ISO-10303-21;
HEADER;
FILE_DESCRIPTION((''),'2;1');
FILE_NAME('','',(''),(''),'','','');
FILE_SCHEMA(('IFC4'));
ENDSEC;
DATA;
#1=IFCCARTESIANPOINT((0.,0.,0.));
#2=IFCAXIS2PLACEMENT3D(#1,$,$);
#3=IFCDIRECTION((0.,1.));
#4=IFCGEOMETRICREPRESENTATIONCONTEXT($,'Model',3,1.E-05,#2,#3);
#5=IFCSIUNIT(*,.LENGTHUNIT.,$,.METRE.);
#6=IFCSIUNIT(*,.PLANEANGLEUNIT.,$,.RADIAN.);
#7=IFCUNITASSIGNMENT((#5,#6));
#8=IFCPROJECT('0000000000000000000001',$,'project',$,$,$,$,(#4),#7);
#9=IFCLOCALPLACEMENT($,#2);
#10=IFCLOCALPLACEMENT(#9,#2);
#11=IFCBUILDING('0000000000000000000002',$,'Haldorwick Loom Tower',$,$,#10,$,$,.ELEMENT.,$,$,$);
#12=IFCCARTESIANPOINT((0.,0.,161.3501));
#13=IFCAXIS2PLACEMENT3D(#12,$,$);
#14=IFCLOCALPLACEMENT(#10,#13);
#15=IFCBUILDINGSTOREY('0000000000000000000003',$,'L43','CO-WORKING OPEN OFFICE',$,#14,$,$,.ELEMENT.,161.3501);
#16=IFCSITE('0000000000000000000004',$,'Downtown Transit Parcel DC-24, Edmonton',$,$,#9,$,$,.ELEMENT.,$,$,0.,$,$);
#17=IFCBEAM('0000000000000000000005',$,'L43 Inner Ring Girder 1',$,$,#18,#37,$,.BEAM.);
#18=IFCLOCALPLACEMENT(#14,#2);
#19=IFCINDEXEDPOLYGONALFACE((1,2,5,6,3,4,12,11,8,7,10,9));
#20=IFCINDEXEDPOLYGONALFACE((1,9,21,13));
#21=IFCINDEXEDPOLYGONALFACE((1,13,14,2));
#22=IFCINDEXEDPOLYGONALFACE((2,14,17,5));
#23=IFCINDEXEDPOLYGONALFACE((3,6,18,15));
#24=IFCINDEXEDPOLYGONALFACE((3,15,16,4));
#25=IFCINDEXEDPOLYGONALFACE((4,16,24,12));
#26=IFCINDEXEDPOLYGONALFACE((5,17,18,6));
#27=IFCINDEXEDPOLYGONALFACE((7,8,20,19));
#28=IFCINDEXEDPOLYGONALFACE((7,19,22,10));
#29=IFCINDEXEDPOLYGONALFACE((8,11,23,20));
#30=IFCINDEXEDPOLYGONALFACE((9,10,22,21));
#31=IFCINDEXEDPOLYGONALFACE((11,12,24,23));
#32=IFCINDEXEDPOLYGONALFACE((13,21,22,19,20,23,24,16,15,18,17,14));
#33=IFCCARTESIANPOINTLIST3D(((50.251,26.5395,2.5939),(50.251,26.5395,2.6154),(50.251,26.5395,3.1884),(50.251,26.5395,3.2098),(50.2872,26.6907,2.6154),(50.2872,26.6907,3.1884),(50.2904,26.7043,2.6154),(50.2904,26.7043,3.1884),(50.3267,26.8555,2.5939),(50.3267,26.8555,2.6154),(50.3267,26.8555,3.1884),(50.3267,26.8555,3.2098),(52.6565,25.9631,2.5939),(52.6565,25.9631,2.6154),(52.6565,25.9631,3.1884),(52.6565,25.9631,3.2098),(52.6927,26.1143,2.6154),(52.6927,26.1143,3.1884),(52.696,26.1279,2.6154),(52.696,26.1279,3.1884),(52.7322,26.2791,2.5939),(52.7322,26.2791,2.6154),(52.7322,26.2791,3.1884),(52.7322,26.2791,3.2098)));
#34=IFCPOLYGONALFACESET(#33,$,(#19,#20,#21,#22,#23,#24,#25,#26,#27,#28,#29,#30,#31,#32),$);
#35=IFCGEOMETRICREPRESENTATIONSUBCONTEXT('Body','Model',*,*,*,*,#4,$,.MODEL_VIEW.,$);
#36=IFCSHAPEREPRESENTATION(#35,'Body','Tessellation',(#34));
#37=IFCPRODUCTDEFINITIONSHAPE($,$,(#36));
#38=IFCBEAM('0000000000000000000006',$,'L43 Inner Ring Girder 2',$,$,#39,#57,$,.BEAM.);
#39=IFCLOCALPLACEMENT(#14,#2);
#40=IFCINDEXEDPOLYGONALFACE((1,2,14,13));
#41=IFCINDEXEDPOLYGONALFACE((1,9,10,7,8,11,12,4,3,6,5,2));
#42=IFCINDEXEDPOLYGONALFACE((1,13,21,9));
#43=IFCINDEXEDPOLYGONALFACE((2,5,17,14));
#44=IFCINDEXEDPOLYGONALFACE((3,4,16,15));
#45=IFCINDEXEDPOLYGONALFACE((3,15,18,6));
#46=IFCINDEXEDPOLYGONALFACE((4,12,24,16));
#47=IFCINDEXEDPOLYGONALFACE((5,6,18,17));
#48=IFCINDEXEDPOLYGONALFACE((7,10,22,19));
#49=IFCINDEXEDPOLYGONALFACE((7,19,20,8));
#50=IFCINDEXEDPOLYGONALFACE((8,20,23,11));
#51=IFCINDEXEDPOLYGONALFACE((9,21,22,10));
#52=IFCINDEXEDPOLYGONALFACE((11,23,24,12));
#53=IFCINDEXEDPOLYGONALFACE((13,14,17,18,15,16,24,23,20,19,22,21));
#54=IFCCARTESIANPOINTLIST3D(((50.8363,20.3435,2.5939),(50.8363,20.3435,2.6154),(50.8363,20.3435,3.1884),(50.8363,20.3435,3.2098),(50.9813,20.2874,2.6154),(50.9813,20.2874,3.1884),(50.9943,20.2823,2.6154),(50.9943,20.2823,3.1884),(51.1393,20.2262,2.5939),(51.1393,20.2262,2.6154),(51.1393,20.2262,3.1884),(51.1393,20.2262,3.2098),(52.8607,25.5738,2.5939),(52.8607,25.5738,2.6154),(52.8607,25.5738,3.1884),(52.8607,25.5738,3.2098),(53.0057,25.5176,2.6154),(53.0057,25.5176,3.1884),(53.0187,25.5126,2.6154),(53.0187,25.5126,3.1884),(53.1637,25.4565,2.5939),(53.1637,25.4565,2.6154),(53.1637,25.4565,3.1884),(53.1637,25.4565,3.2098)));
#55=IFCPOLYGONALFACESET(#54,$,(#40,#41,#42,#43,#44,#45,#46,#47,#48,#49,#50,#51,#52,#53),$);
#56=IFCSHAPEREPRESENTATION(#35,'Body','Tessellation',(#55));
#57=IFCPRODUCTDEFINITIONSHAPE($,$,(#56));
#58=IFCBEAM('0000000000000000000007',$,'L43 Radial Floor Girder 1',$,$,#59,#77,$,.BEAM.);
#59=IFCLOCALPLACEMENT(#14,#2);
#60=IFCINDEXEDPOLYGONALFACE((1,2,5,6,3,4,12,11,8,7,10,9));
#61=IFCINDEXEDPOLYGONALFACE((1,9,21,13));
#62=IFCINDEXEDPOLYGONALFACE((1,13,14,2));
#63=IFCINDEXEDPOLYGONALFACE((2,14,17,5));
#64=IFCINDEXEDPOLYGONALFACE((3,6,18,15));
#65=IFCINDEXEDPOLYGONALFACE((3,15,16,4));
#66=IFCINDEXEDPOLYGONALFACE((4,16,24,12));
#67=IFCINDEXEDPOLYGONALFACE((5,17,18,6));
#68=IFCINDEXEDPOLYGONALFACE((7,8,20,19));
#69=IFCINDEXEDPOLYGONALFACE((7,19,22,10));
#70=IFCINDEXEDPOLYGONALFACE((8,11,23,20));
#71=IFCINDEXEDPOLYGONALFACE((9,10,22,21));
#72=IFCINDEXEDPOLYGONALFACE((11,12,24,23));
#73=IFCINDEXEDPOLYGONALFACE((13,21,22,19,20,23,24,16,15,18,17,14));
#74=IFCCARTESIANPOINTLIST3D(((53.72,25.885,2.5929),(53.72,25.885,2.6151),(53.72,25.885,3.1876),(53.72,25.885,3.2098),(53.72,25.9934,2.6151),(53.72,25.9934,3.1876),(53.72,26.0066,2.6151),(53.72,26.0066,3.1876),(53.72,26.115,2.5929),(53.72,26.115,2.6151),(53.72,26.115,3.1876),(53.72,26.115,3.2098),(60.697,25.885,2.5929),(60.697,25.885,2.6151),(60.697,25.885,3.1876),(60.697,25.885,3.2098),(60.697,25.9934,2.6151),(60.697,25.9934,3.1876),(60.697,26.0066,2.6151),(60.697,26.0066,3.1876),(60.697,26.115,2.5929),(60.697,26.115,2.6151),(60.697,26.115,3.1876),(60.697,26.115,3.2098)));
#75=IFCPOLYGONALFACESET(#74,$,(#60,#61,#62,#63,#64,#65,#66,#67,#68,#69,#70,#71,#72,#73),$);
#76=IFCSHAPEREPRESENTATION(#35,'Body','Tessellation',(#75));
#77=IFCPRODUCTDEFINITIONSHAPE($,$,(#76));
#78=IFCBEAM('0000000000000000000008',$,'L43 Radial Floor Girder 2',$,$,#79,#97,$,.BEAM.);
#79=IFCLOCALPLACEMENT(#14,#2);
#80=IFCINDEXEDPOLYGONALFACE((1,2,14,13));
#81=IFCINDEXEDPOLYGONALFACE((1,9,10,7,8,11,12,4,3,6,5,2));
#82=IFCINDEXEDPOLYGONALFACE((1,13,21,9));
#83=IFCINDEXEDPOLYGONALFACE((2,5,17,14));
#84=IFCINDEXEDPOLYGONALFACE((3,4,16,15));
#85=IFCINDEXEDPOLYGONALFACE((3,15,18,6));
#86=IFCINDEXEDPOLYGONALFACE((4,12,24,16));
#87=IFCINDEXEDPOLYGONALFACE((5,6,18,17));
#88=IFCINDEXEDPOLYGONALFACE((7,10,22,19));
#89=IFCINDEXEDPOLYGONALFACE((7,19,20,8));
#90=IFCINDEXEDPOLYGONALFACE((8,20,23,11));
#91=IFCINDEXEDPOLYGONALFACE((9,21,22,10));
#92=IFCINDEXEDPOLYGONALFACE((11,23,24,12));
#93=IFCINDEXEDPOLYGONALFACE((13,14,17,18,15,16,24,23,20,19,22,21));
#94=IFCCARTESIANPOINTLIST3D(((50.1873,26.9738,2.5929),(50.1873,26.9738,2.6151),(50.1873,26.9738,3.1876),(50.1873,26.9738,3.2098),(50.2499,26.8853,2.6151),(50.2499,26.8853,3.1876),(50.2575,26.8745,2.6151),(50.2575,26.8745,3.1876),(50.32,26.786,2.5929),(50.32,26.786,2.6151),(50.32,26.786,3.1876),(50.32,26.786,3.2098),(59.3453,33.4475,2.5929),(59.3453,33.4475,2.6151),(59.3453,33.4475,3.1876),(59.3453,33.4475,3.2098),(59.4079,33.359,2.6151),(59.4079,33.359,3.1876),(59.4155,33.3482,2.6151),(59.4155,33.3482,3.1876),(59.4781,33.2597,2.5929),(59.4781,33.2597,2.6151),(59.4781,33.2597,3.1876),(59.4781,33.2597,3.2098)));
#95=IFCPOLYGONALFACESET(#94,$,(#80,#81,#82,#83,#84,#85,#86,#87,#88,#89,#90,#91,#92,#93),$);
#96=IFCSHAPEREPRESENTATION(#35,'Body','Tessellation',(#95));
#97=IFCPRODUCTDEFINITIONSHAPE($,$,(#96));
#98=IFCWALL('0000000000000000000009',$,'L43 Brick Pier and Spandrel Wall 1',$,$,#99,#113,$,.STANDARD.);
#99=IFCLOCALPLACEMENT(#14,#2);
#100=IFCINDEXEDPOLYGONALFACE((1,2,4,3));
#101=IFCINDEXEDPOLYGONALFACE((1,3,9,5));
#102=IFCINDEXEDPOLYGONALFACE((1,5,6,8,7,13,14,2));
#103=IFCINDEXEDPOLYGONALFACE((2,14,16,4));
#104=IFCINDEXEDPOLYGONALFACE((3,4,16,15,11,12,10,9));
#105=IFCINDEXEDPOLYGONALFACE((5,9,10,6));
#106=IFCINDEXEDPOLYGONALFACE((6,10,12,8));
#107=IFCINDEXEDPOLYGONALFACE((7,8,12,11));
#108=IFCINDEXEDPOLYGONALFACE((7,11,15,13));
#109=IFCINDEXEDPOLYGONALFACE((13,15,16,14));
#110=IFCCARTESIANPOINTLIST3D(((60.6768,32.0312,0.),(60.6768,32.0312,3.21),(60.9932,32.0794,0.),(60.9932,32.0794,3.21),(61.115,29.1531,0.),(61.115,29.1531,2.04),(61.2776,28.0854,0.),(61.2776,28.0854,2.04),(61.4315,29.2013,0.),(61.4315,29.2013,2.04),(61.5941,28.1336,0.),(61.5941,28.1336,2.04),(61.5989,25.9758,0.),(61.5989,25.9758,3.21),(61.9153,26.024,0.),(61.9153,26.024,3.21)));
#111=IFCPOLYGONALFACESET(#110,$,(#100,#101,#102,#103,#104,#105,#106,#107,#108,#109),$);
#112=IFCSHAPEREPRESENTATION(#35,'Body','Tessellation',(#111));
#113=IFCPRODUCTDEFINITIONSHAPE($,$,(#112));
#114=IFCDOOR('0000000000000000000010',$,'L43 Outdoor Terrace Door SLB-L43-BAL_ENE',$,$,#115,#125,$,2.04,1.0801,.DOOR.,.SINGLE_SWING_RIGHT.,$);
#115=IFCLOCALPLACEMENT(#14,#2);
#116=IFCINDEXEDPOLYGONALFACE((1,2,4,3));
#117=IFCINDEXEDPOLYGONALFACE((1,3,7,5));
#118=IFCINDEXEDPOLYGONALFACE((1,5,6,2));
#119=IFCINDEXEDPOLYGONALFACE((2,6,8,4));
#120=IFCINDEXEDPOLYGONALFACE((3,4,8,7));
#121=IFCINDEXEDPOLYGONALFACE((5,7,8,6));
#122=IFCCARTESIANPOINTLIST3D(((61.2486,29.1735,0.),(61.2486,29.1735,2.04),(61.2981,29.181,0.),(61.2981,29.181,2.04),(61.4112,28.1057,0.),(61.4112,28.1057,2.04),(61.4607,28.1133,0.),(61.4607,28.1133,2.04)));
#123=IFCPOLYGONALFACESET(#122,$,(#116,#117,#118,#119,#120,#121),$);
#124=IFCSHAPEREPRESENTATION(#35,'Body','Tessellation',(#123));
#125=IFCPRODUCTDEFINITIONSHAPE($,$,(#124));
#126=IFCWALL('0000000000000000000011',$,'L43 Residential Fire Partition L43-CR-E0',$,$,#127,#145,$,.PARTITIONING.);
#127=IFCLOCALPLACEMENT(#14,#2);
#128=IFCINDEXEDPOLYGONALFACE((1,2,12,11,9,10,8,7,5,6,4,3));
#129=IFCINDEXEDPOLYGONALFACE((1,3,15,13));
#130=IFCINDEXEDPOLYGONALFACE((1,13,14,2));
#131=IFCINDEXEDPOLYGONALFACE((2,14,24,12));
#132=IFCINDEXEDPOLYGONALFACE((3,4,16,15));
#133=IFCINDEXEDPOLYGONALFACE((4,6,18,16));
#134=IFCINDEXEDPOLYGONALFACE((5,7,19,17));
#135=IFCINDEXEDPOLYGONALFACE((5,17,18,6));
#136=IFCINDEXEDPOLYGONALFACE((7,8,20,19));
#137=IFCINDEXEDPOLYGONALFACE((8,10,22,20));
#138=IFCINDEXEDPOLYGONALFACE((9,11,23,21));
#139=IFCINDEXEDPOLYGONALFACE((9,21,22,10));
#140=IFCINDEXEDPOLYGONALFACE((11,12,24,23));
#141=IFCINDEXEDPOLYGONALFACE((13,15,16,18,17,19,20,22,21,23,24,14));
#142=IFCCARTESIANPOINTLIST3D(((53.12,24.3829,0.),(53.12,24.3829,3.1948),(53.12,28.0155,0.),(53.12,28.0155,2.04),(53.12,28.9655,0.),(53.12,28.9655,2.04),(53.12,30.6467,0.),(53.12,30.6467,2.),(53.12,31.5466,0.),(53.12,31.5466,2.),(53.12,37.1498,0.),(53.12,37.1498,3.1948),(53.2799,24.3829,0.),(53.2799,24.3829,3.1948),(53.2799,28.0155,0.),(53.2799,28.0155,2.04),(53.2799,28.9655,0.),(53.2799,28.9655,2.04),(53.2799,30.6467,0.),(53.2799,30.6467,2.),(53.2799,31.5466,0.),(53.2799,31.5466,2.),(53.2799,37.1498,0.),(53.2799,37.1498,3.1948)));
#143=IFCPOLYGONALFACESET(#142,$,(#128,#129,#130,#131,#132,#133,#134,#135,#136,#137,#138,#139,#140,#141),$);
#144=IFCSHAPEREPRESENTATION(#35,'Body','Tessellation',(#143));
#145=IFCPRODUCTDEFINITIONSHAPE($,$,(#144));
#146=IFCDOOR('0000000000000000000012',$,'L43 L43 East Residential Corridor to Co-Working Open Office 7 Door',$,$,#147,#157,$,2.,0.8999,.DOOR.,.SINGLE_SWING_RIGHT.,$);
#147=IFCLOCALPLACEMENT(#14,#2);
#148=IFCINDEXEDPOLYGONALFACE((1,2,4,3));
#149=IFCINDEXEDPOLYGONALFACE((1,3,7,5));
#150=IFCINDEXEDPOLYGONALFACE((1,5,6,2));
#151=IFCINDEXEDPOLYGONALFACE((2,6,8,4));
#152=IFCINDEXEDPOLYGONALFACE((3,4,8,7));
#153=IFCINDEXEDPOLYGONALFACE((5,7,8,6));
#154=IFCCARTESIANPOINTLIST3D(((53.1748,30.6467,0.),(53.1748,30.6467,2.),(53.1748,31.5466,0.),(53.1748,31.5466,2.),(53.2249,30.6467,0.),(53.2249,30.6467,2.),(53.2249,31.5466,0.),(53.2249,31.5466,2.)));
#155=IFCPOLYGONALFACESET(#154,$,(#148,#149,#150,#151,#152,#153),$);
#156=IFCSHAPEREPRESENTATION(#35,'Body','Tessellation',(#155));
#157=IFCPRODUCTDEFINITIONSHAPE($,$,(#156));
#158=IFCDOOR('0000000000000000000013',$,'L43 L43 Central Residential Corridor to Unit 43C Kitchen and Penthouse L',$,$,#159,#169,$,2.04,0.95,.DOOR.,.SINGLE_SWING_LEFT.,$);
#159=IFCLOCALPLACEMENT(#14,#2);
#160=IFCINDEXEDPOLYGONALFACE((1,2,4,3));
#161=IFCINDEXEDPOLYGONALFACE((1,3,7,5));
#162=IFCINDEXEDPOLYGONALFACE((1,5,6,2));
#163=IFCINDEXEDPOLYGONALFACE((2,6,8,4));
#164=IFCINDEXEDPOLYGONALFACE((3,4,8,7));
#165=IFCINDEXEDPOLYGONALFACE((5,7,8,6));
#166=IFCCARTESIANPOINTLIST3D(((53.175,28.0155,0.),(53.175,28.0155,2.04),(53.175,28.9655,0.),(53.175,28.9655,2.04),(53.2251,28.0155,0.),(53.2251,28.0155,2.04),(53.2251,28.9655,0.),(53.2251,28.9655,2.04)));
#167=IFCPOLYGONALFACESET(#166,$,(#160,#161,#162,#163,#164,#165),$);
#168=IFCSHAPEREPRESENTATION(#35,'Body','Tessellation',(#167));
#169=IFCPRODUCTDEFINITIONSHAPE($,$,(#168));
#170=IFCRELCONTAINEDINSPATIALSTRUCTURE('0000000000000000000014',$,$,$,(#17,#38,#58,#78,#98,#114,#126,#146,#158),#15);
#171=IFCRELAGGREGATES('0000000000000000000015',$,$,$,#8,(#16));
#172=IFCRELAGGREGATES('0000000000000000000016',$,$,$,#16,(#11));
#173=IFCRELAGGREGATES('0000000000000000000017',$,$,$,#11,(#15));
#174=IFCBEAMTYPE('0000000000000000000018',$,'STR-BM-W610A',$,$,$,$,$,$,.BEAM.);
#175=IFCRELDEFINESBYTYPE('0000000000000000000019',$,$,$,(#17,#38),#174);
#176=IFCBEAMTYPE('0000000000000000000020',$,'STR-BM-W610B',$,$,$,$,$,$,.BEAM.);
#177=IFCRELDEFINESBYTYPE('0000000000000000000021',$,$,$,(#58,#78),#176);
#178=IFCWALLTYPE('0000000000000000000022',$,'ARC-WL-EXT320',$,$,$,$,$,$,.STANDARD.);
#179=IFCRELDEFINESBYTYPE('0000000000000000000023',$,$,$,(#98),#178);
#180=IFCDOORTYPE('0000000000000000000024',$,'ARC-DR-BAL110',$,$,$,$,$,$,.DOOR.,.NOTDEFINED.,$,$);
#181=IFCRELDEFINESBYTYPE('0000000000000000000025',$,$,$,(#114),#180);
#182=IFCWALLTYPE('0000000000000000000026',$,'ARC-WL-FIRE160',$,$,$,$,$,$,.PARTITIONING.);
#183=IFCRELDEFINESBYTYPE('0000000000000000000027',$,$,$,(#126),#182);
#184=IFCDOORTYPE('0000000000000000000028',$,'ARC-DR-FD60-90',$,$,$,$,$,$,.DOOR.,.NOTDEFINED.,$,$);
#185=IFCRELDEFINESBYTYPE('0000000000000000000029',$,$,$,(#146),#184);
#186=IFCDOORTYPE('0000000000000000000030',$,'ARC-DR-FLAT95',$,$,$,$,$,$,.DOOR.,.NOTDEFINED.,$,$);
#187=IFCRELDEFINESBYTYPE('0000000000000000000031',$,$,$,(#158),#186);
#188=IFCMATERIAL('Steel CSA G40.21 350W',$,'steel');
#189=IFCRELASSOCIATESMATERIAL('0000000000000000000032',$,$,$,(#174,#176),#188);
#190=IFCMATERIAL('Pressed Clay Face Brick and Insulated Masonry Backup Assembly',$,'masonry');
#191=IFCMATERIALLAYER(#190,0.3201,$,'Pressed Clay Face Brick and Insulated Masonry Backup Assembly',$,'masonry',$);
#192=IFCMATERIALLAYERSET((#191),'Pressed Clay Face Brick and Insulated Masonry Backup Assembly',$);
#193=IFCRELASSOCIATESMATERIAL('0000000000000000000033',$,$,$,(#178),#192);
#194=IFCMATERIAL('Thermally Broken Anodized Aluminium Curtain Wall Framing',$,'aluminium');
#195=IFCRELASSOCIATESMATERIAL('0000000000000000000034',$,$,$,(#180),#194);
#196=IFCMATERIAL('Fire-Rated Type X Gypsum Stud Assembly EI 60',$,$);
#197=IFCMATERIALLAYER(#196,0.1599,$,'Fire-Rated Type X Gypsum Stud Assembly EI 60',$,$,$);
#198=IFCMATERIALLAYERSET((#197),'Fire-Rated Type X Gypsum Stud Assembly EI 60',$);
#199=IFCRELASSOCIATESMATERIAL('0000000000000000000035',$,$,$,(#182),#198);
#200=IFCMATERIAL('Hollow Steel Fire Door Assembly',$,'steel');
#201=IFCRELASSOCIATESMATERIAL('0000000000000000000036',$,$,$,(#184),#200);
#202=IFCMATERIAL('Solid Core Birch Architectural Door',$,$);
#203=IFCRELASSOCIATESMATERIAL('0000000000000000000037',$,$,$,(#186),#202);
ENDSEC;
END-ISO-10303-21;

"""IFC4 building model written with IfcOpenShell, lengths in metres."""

from ifc_helpers import new_model, si_unit, direction, frame, frame_2d, origin, origin_2d, place, context, subcontext, project, spatial, rectangle, i_section, extrude, material, layer, layer_set, material_profile, profile_set, type_object, element, fill, save


model = new_model("IFC4")

# Units and contexts
model_context = context("Model", 3, precision=1e-05, world=origin(), true_north=direction((0.0, 1.0)))
body_context = subcontext(model_context, "Body", "Model", "MODEL_VIEW")
ifc_project = project(units=[si_unit("LENGTHUNIT", "METRE"), si_unit("PLANEANGLEUNIT", "RADIAN")], contexts=[model_context])

# Site, building, storey
site_placement = place(None, origin())
site = spatial("IfcSite", under=ifc_project, at=site_placement, Name="Downtown Transit Parcel DC-24, Edmonton", CompositionType="ELEMENT", RefElevation=0.0)
building_placement = place(site_placement, origin())
building = spatial("IfcBuilding", under=site, at=building_placement, Name="Haldorwick Loom Tower", CompositionType="ELEMENT")
storey_placement = place(building_placement, frame((0.0, 0.0, 161.3501)))
storey = spatial("IfcBuildingStorey", under=building, at=storey_placement, Name="L43", Description="CO-WORKING OPEN OFFICE", CompositionType="ELEMENT", Elevation=161.3501)

# Beams
ifc_material_1 = material(Name="Steel CSA G40.21 350W", Category="steel")
ifc_material_profile_1 = material_profile(ifc_material_1, i_section(OverallWidth=0.325, OverallDepth=0.616, WebThickness=0.0139, FlangeThickness=0.0215, at=origin_2d()), Name="W610X174", Category="steel")
ifc_profile_set_1 = profile_set([ifc_material_profile_1], Name="Steel CSA G40.21 350W")
beam_type_1 = type_object("IfcBeamType", Name="STR-BM-W610A", PredefinedType="BEAM", material=ifc_profile_set_1)
beam_1_placement = place(storey_placement, frame((50.2888, 26.6975, 2.9019), z_axis=(0.972471, -0.233026, 0.0), x_axis=(0.233026, 0.972471, 0.0)))
element("IfcBeam", 1, at=beam_1_placement, inside=storey, type_object=beam_type_1, Name="L43 Inner Ring Girder 1", PredefinedType="BEAM", context=body_context, shape_type="SweptSolid", body=[
    extrude(i_section(OverallWidth=0.325, OverallDepth=0.616, WebThickness=0.0139, FlangeThickness=0.0215, at=origin_2d()), origin(), (0.0, 0.0, 1.0), 2.4736),
])
beam_2_placement = place(storey_placement, frame((53.0122, 25.5151, 2.9019), z_axis=(-0.360965, -0.932579, 0.0), x_axis=(0.932579, -0.360965, 0.0)))
element("IfcBeam", 2, at=beam_2_placement, inside=storey, type_object=beam_type_1, Name="L43 Inner Ring Girder 2", PredefinedType="BEAM", context=body_context, shape_type="SweptSolid", body=[
    extrude(i_section(OverallWidth=0.325, OverallDepth=0.616, WebThickness=0.0139, FlangeThickness=0.0215, at=origin_2d()), origin(), (0.0, 0.0, 1.0), 5.6084),
])
ifc_material_profile_2 = material_profile(ifc_material_1, i_section(OverallWidth=0.23, OverallDepth=0.6169, WebThickness=0.0132, FlangeThickness=0.0222, at=origin_2d()), Name="W610X140", Category="steel")
ifc_profile_set_2 = profile_set([ifc_material_profile_2], Name="Steel CSA G40.21 350W")
beam_type_2 = type_object("IfcBeamType", Name="STR-BM-W610B", PredefinedType="BEAM", material=ifc_profile_set_2)
beam_3_placement = place(storey_placement, frame((53.72, 26.0, 2.9014), z_axis=(1.0, 0.0, 0.0), x_axis=(0.0, 1.0, 0.0)))
element("IfcBeam", 3, at=beam_3_placement, inside=storey, type_object=beam_type_2, Name="L43 Radial Floor Girder 1", PredefinedType="BEAM", context=body_context, shape_type="SweptSolid", body=[
    extrude(i_section(OverallWidth=0.23, OverallDepth=0.6169, WebThickness=0.0132, FlangeThickness=0.0222, at=origin_2d()), origin(), (0.0, 0.0, 1.0), 6.9771),
])
beam_4_placement = place(storey_placement, frame((50.2537, 26.8799, 2.9014), z_axis=(0.816582, 0.57723, 0.0), x_axis=(-0.57723, 0.816582, 0.0)))
element("IfcBeam", 4, at=beam_4_placement, inside=storey, type_object=beam_type_2, Name="L43 Radial Floor Girder 2", PredefinedType="BEAM", context=body_context, shape_type="SweptSolid", body=[
    extrude(i_section(OverallWidth=0.23, OverallDepth=0.6169, WebThickness=0.0132, FlangeThickness=0.0222, at=origin_2d()), origin(), (0.0, 0.0, 1.0), 11.2151),
])

# Wall, opening, door
ifc_material_2 = material(Name="Pressed Clay Face Brick and Insulated Masonry Backup Assembly", Category="masonry")
ifc_layer_1 = layer(ifc_material_2, 0.3201, Name="Pressed Clay Face Brick and Insulated Masonry Backup Assembly", Category="masonry")
ifc_layer_set_1 = layer_set([ifc_layer_1], Name="Pressed Clay Face Brick and Insulated Masonry Backup Assembly")
wall_type_1 = type_object("IfcWallType", Name="ARC-WL-EXT320", PredefinedType="STANDARD", material=ifc_layer_set_1)
wall_1_placement = place(storey_placement, frame((61.7571, 26.0, 0.0), z_axis=(0.0, 0.0, 1.0), x_axis=(-0.150544, 0.988603, 0.0)))
wall_1 = element("IfcWall", 5, at=wall_1_placement, inside=storey, type_object=wall_type_1, Name="L43 Brick Pier and Spandrel Wall 1", PredefinedType="STANDARD", context=body_context, shape_type="SweptSolid", body=[
    extrude(rectangle(XDim=6.1252, YDim=0.3201, at=frame_2d((3.0625, 0.0))), origin(), (0.0, 0.0, 1.0), 3.21),
])
opening_1_placement = place(wall_1_placement, frame((2.1338, 0.0, 0.0)))
opening_1 = element("IfcOpeningElement", 6, at=opening_1_placement, cuts=wall_1, PredefinedType="OPENING", context=body_context, shape_type="SweptSolid", body=[
    extrude(rectangle(XDim=1.0801, YDim=2.04, at=frame_2d((0.54, 1.02))), frame((0.0, 0.1699, 0.0), z_axis=(0.0, -1.0, 0.0), x_axis=(1.0, 0.0, 0.0)), (0.0, 0.0, 1.0), 0.3401),
])
ifc_material_3 = material(Name="Thermally Broken Anodized Aluminium Curtain Wall Framing", Category="aluminium")
door_type_1 = type_object("IfcDoorType", Name="ARC-DR-BAL110", OperationType="NOTDEFINED", PredefinedType="DOOR", material=ifc_material_3)
door_1_placement = place(opening_1_placement, origin())
door_1 = element("IfcDoor", 7, at=door_1_placement, inside=storey, type_object=door_type_1, Name="L43 Outdoor Terrace Door SLB-L43-BAL_ENE", OperationType="SINGLE_SWING_RIGHT", OverallHeight=2.04, OverallWidth=1.0801, PredefinedType="DOOR", context=body_context, shape_type="SweptSolid", body=[
    extrude(rectangle(XDim=1.0801, YDim=2.04, at=frame_2d((0.54, 1.02))), frame((0.0, 0.0249, 0.0), z_axis=(0.0, -1.0, 0.0), x_axis=(1.0, 0.0, 0.0)), (0.0, 0.0, 1.0), 0.05),
])
fill(opening_1, door_1)

# Wall, openings, doors
ifc_material_4 = material(Name="Fire-Rated Type X Gypsum Stud Assembly EI 60")
ifc_layer_2 = layer(ifc_material_4, 0.1599, Name="Fire-Rated Type X Gypsum Stud Assembly EI 60")
ifc_layer_set_2 = layer_set([ifc_layer_2], Name="Fire-Rated Type X Gypsum Stud Assembly EI 60")
wall_type_2 = type_object("IfcWallType", Name="ARC-WL-FIRE160", PredefinedType="PARTITIONING", material=ifc_layer_set_2)
wall_2_placement = place(storey_placement, frame((53.2, 24.3831, 0.0), z_axis=(0.0, 0.0, 1.0), x_axis=(0.0, 1.0, 0.0)))
wall_2 = element("IfcWall", 8, at=wall_2_placement, inside=storey, type_object=wall_type_2, Name="L43 Residential Fire Partition L43-CR-E0", PredefinedType="PARTITIONING", context=body_context, shape_type="SweptSolid", body=[
    extrude(rectangle(XDim=12.7668, YDim=0.1599, at=frame_2d((6.3833, 0.0))), origin(), (0.0, 0.0, 1.0), 3.1948),
])
opening_2_placement = place(wall_2_placement, frame((3.6323, 0.0, 0.0)))
opening_2 = element("IfcOpeningElement", 9, at=opening_2_placement, cuts=wall_2, PredefinedType="OPENING", context=body_context, shape_type="SweptSolid", body=[
    extrude(rectangle(XDim=0.95, YDim=2.04, at=frame_2d((0.4751, 1.02))), frame((0.0, 0.0898, 0.0), z_axis=(0.0, -1.0, 0.0), x_axis=(1.0, 0.0, 0.0)), (0.0, 0.0, 1.0), 0.1799),
])
opening_3_placement = place(wall_2_placement, frame((6.2637, 0.0, 0.0)))
opening_3 = element("IfcOpeningElement", 10, at=opening_3_placement, cuts=wall_2, PredefinedType="OPENING", context=body_context, shape_type="SweptSolid", body=[
    extrude(rectangle(XDim=0.8999, YDim=2.0, at=frame_2d((0.45, 1.0))), frame((0.0, 0.0898, 0.0), z_axis=(0.0, -1.0, 0.0), x_axis=(1.0, 0.0, 0.0)), (0.0, 0.0, 1.0), 0.1799),
])
ifc_material_5 = material(Name="Hollow Steel Fire Door Assembly", Category="steel")
door_type_2 = type_object("IfcDoorType", Name="ARC-DR-FD60-90", OperationType="NOTDEFINED", PredefinedType="DOOR", material=ifc_material_5)
door_2_placement = place(opening_3_placement, frame((0.8999, 0.0, 0.0), z_axis=(0.0, 0.0, 1.0), x_axis=(-1.0, 0.0, 0.0)))
door_2 = element("IfcDoor", 11, at=door_2_placement, inside=storey, type_object=door_type_2, Name="L43 L43 East Residential Corridor to Co-Working Open Office 7 Door", OperationType="SINGLE_SWING_RIGHT", OverallHeight=2.0, OverallWidth=0.8999, PredefinedType="DOOR", context=body_context, shape_type="SweptSolid", body=[
    extrude(rectangle(XDim=0.8999, YDim=2.0, at=frame_2d((0.45, 1.0))), frame((0.0, 0.0249, 0.0), z_axis=(0.0, -1.0, 0.0), x_axis=(1.0, 0.0, 0.0)), (0.0, 0.0, 1.0), 0.05),
])
fill(opening_3, door_2)
ifc_material_6 = material(Name="Solid Core Birch Architectural Door")
door_type_3 = type_object("IfcDoorType", Name="ARC-DR-FLAT95", OperationType="NOTDEFINED", PredefinedType="DOOR", material=ifc_material_6)
door_3_placement = place(opening_2_placement, origin())
door_3 = element("IfcDoor", 12, at=door_3_placement, inside=storey, type_object=door_type_3, Name="L43 L43 Central Residential Corridor to Unit 43C Kitchen and Penthouse L", OperationType="SINGLE_SWING_LEFT", OverallHeight=2.04, OverallWidth=0.95, PredefinedType="DOOR", context=body_context, shape_type="SweptSolid", body=[
    extrude(rectangle(XDim=0.95, YDim=2.04, at=frame_2d((0.4751, 1.02))), frame((0.0, 0.0249, 0.0), z_axis=(0.0, -1.0, 0.0), x_axis=(1.0, 0.0, 0.0)), (0.0, 0.0, 1.0), 0.05),
])
fill(opening_2, door_3)

save(model, "model.ifc")
